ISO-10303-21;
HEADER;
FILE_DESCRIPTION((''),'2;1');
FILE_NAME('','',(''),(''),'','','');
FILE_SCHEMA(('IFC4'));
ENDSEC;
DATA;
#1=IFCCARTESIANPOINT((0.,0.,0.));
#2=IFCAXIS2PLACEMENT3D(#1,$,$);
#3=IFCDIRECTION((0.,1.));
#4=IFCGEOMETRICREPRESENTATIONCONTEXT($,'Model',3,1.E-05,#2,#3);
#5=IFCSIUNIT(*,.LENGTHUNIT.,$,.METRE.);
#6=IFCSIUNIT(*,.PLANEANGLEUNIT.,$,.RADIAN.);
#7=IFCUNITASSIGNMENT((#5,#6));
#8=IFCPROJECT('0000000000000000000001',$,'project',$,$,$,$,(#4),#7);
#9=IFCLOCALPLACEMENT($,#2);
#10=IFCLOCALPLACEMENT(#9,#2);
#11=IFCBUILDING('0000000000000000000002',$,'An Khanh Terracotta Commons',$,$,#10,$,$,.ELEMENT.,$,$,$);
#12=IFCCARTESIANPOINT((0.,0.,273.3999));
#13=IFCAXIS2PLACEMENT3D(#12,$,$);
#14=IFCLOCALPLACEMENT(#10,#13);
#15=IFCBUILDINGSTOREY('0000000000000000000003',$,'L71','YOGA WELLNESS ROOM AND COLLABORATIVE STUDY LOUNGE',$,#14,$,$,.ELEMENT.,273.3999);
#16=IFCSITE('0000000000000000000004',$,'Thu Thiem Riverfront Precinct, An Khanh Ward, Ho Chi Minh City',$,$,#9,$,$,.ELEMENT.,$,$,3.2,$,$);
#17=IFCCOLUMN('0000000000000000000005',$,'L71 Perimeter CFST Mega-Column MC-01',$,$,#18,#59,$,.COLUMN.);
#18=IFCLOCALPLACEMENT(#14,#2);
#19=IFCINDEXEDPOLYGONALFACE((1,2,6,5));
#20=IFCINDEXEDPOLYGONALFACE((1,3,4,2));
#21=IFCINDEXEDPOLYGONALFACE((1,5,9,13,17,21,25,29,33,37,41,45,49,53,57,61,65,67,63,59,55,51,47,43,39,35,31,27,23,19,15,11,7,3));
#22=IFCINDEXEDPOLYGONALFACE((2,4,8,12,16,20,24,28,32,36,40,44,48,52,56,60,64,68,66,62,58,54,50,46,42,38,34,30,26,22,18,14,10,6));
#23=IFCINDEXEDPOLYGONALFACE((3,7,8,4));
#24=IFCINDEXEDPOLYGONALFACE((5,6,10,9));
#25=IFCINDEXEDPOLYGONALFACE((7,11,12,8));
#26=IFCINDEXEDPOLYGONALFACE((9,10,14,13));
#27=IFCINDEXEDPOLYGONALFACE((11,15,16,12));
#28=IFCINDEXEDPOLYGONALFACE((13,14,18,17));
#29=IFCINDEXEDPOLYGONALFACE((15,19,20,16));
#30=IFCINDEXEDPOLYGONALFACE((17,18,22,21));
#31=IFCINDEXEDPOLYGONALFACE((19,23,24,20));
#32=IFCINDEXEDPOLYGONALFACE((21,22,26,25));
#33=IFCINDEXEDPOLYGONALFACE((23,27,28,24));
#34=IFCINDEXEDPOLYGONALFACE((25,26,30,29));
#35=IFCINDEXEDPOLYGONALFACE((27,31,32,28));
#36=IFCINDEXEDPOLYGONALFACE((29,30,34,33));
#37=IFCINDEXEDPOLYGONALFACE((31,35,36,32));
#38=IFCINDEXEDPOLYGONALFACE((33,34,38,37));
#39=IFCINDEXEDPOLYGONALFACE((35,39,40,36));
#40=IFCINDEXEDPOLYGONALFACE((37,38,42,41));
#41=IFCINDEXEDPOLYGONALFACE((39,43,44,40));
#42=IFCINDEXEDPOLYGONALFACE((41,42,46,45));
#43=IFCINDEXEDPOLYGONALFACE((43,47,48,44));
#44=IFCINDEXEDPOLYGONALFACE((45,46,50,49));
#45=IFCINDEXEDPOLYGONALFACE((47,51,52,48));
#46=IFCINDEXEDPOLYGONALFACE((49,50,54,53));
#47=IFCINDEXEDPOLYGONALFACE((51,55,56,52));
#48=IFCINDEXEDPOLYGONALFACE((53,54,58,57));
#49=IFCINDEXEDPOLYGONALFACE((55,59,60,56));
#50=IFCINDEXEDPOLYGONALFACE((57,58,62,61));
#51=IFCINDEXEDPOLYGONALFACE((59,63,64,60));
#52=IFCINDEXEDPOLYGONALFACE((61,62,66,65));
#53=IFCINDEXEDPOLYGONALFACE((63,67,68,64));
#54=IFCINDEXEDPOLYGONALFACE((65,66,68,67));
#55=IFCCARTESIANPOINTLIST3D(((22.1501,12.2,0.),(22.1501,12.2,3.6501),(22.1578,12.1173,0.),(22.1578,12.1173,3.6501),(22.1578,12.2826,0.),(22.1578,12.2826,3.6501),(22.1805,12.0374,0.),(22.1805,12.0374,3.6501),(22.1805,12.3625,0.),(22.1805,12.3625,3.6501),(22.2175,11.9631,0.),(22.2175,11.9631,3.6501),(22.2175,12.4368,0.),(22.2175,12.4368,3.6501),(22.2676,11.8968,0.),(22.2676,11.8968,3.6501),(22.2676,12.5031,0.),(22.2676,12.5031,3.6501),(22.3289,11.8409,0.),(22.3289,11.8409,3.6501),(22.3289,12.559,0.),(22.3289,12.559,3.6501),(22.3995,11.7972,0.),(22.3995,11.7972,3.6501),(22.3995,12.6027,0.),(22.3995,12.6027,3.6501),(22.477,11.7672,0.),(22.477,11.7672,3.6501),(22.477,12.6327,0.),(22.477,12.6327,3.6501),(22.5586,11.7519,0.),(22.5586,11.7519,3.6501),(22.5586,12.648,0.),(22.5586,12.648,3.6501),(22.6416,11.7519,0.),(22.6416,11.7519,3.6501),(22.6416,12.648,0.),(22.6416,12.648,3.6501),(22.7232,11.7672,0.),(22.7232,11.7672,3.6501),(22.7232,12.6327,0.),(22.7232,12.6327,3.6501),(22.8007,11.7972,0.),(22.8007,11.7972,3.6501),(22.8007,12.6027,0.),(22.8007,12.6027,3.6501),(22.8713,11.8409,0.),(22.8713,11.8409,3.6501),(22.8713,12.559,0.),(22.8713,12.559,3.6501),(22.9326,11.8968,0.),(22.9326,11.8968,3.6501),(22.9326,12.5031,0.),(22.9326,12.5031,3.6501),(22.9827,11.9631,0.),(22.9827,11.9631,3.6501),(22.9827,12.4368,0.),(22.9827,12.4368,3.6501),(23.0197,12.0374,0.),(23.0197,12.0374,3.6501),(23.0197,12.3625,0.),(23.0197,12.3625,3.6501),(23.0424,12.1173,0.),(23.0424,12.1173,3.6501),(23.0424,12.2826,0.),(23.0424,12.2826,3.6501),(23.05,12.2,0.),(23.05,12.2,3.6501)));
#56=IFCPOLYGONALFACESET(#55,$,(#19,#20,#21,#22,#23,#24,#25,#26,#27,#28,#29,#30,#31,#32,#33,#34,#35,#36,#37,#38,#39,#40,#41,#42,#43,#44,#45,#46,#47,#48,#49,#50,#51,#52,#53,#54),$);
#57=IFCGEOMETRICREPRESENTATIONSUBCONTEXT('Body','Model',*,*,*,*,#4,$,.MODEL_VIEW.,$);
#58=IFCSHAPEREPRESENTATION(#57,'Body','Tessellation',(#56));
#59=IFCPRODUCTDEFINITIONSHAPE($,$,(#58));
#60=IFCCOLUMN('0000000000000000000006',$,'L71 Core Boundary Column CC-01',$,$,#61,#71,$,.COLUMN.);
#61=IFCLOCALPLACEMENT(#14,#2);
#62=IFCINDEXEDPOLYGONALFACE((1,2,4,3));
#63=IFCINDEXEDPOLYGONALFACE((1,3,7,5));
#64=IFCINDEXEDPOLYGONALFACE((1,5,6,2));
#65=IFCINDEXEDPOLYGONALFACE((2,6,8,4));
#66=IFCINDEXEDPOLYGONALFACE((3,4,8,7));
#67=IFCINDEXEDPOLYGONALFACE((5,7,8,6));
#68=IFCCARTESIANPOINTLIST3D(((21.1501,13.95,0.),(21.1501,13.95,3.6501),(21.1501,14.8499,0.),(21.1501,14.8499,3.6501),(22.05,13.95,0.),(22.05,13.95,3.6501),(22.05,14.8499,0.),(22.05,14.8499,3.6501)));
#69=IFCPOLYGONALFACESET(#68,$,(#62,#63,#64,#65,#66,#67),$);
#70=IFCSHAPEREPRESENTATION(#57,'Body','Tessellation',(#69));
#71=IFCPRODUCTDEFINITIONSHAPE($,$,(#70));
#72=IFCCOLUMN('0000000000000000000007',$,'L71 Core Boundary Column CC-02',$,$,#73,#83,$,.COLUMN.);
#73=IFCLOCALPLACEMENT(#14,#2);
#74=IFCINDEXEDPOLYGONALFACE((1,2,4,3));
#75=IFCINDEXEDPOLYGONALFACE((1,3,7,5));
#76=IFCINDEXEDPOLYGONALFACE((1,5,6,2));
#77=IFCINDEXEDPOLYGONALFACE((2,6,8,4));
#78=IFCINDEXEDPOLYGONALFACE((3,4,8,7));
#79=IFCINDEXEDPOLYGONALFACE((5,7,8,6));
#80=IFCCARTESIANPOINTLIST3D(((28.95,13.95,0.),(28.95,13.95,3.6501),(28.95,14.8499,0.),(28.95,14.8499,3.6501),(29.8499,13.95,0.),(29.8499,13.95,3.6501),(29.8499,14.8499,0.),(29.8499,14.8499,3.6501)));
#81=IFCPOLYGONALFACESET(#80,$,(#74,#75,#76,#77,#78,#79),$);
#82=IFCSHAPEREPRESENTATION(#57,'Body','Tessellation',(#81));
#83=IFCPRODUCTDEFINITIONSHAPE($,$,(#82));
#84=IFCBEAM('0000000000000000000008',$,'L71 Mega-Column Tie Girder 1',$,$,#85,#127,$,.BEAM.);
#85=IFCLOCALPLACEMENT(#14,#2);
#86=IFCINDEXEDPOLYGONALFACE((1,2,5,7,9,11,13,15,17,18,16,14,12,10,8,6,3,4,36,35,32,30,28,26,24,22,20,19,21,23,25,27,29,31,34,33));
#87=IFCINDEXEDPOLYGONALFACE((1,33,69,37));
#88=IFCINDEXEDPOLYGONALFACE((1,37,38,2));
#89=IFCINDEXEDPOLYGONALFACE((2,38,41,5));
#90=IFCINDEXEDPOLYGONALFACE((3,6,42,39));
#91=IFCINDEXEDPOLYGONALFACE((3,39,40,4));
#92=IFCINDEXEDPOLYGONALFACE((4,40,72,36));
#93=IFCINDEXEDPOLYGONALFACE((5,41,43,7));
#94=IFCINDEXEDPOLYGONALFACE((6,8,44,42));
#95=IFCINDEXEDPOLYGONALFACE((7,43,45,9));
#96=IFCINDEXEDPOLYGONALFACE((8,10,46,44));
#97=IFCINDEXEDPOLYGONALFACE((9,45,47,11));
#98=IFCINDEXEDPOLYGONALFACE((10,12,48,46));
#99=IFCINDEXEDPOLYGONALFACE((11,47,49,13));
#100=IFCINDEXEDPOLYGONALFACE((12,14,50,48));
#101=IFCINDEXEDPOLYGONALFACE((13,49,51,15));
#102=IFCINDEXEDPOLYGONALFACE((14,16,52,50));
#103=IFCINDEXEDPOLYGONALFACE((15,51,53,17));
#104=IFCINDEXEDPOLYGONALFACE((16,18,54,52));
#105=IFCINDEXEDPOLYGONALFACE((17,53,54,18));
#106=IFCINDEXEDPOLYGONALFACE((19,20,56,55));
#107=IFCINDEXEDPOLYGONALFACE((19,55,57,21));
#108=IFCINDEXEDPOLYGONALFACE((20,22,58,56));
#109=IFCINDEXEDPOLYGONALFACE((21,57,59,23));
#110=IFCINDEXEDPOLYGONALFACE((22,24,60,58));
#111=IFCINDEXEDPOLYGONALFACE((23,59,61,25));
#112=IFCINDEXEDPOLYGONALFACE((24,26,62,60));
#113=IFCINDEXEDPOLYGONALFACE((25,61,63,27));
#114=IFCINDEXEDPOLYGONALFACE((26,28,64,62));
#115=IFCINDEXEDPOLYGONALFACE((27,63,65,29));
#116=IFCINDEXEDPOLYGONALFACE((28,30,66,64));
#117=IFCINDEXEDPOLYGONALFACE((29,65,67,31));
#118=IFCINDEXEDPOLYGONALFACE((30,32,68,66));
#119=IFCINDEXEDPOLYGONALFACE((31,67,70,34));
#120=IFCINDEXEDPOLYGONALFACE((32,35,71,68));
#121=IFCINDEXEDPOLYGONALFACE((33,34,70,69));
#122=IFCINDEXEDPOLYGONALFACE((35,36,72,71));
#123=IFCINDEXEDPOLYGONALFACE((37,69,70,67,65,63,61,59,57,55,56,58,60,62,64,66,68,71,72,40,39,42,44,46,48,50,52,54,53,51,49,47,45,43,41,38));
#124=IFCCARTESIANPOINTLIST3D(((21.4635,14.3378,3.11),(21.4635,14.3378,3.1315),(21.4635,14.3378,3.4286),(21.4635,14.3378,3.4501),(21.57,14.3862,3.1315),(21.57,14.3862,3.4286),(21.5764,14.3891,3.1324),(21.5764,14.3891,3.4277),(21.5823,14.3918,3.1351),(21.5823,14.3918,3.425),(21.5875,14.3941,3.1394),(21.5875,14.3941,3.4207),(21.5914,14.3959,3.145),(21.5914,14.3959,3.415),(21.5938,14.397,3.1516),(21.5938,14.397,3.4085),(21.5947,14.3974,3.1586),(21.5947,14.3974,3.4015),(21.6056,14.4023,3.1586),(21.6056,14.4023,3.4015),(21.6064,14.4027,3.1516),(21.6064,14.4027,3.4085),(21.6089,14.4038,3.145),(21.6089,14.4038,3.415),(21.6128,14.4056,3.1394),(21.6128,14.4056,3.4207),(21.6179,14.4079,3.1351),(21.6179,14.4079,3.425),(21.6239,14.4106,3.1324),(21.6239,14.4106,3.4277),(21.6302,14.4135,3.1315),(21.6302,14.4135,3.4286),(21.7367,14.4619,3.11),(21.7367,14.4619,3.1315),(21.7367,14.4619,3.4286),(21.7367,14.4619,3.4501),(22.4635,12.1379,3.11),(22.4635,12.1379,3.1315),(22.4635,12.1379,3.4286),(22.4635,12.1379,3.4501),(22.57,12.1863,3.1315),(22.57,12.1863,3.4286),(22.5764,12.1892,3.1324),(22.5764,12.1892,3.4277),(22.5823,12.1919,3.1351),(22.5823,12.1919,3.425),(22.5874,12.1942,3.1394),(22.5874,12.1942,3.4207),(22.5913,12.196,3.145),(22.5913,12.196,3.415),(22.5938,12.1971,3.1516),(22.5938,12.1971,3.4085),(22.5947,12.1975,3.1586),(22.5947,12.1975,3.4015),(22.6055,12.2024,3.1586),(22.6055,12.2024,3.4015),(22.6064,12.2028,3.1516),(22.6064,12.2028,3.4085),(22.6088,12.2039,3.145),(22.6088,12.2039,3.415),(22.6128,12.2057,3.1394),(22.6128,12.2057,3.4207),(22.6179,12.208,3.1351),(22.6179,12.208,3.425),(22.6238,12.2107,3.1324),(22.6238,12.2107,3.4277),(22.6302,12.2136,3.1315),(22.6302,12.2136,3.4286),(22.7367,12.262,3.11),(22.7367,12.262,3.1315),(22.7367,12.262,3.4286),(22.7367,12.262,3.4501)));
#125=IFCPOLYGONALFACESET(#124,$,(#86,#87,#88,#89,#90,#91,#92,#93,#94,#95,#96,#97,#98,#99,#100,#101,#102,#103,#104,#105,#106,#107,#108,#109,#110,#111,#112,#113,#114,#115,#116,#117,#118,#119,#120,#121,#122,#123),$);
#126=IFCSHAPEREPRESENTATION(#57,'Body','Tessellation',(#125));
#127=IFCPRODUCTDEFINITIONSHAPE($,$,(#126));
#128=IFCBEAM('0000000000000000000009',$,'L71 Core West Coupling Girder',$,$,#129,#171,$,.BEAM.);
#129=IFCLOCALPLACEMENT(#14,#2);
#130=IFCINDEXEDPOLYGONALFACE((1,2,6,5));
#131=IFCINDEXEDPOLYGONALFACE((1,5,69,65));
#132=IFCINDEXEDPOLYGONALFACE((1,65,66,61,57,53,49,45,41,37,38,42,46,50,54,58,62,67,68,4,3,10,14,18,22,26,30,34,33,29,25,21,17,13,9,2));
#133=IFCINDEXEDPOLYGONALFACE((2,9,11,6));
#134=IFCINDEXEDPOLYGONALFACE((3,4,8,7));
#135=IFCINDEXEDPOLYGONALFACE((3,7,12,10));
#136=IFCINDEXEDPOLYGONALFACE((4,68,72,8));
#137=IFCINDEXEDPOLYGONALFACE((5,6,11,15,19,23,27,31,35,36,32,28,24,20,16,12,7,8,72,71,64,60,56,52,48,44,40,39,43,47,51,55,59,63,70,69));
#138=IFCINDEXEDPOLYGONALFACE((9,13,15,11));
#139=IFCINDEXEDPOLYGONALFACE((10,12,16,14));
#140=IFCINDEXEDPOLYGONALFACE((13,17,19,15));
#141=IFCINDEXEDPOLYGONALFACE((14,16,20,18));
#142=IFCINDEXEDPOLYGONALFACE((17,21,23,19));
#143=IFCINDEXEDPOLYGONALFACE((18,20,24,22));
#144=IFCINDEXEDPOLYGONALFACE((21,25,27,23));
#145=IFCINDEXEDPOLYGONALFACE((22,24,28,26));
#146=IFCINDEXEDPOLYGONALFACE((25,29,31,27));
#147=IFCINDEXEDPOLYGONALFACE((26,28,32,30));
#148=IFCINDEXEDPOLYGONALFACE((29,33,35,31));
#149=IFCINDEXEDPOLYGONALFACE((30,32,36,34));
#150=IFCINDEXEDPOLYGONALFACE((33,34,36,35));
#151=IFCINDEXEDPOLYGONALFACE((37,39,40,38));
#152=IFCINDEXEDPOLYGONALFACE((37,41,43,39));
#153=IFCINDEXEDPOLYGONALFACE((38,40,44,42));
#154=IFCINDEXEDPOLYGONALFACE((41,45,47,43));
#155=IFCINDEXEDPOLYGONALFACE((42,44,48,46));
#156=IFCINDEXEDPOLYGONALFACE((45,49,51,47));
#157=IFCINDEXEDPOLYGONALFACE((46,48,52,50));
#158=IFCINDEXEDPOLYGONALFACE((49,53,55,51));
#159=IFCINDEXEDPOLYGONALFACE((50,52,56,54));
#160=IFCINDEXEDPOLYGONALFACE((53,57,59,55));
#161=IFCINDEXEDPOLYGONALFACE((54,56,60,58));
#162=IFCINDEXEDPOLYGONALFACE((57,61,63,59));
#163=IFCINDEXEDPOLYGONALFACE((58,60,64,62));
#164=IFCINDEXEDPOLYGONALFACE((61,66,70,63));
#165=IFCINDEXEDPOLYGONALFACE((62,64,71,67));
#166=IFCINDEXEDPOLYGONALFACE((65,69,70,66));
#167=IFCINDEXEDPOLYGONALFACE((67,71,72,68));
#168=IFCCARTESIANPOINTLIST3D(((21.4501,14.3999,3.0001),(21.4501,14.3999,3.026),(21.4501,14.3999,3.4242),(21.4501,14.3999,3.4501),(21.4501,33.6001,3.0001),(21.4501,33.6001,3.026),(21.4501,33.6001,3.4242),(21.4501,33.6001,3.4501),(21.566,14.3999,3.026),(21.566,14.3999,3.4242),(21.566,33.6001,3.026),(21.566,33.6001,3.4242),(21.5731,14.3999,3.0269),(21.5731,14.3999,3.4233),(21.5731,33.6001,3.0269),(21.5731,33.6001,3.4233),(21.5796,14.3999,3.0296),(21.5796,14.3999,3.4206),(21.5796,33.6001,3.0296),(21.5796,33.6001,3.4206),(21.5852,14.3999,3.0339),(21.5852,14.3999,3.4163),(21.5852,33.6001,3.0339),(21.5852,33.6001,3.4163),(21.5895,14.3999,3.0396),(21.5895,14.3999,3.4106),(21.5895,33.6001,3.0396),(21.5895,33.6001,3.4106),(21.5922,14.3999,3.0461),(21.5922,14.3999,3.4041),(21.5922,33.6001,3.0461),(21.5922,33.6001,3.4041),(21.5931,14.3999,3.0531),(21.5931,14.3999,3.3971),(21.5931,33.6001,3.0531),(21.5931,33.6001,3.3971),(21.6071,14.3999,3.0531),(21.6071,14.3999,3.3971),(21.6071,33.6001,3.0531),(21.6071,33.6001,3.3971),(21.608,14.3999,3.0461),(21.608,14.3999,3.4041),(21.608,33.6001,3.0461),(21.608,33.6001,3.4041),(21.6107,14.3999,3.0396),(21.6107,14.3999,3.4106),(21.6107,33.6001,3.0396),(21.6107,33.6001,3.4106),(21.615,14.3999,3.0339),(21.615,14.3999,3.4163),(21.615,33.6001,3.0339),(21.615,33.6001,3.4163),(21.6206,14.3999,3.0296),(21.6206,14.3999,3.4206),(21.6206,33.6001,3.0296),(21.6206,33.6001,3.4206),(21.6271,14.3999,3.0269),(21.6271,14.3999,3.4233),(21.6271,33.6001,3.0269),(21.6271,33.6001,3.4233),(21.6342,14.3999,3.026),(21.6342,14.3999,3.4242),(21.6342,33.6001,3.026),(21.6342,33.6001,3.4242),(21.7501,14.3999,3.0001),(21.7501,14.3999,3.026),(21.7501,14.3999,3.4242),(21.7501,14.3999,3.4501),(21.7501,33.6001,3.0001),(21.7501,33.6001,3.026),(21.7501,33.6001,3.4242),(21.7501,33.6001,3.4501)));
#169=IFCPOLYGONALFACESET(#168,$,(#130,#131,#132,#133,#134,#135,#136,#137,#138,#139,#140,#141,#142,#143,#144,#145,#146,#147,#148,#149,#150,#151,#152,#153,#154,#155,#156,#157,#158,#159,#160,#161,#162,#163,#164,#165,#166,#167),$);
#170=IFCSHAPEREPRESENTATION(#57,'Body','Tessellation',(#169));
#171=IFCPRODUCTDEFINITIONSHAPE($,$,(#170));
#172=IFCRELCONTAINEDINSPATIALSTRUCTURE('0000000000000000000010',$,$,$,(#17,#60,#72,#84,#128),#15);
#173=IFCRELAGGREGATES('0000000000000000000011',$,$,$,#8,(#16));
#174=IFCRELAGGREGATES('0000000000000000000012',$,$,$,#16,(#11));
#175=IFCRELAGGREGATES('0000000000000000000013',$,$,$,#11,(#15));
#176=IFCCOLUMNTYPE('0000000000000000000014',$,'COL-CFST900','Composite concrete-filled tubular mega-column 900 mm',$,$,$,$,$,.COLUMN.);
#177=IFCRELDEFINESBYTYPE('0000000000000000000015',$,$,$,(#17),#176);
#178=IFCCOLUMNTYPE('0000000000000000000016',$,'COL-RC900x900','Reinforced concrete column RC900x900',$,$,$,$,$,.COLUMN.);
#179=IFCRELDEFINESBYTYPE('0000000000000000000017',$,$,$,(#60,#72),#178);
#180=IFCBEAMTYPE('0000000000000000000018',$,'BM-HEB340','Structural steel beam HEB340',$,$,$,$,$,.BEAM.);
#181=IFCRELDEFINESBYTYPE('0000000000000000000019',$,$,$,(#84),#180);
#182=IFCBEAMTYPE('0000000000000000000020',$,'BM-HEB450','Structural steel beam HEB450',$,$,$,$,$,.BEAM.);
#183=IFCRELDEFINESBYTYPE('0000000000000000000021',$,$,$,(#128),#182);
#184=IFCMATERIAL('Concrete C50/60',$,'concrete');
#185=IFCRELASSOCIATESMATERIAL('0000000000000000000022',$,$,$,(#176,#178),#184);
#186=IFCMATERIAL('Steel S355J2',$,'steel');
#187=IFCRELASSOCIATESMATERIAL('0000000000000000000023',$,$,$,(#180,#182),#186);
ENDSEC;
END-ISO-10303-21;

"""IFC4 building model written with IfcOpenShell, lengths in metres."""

from ifc_helpers import new_model, si_unit, direction, frame, origin, origin_2d, place, context, subcontext, project, spatial, rectangle, circle, i_section, extrude, material, material_profile, profile_set, type_object, element, save


model = new_model("IFC4")

# Units and contexts
model_context = context("Model", 3, precision=1e-05, world=origin(), true_north=direction((0.0, 1.0)))
body_context = subcontext(model_context, "Body", "Model", "MODEL_VIEW")
ifc_project = project(units=[si_unit("LENGTHUNIT", "METRE"), si_unit("PLANEANGLEUNIT", "RADIAN")], contexts=[model_context])

# Site, building, storey
site_placement = place(None, origin())
site = spatial("IfcSite", under=ifc_project, at=site_placement, Name="Thu Thiem Riverfront Precinct, An Khanh Ward, Ho Chi Minh City", CompositionType="ELEMENT", RefElevation=3.2)
building_placement = place(site_placement, origin())
building = spatial("IfcBuilding", under=site, at=building_placement, Name="An Khanh Terracotta Commons", CompositionType="ELEMENT")
storey_placement = place(building_placement, frame((0.0, 0.0, 273.3999)))
storey = spatial("IfcBuildingStorey", under=building, at=storey_placement, Name="L71", Description="YOGA WELLNESS ROOM AND COLLABORATIVE STUDY LOUNGE", CompositionType="ELEMENT", Elevation=273.3999)

# Columns
ifc_material_1 = material(Name="Concrete C50/60", Category="concrete")
ifc_material_profile_1 = material_profile(ifc_material_1, circle(Radius=0.45, at=origin_2d()), Name="CFST900")
ifc_profile_set_1 = profile_set([ifc_material_profile_1], Name="Concrete C50/60")
column_type_1 = type_object("IfcColumnType", Name="COL-CFST900", Description="Composite concrete-filled tubular mega-column 900 mm", PredefinedType="COLUMN", material=ifc_profile_set_1)
column_placement = place(storey_placement, frame((22.6001, 12.2, 0.0), z_axis=(0.0, 0.0, 1.0), x_axis=(1.0, 0.0, 0.0)))
element("IfcColumn", 1, at=column_placement, inside=storey, type_object=column_type_1, Name="L71 Perimeter CFST Mega-Column MC-01", PredefinedType="COLUMN", context=body_context, shape_type="SweptSolid", body=[
    extrude(circle(Radius=0.45, at=origin_2d()), origin(), (0.0, 0.0, 1.0), 3.6501),
])
ifc_material_profile_2 = material_profile(ifc_material_1, rectangle(XDim=0.8999, YDim=0.8999, at=origin_2d()), Name="RC900x900")
ifc_profile_set_2 = profile_set([ifc_material_profile_2], Name="Concrete C50/60")
column_type_2 = type_object("IfcColumnType", Name="COL-RC900x900", Description="Reinforced concrete column RC900x900", PredefinedType="COLUMN", material=ifc_profile_set_2)
for number, where, z_axis, x_axis, name in (
    (2, (21.6001, 14.3999, 0.0), (0.0, 0.0, 1.0), (1.0, 0.0, 0.0), "L71 Core Boundary Column CC-01"),
    (3, (29.3999, 14.3999, 0.0), (0.0, 0.0, 1.0), (1.0, 0.0, 0.0), "L71 Core Boundary Column CC-02"),
):
    element("IfcColumn", number, at=place(storey_placement, frame(where, z_axis=z_axis, x_axis=x_axis)), inside=storey, type_object=column_type_2, Name=name, PredefinedType="COLUMN", context=body_context, shape_type="SweptSolid", body=[
        extrude(rectangle(XDim=0.8999, YDim=0.8999, at=origin_2d()), origin(), (0.0, 0.0, 1.0), 3.6501),
    ])

# Beams
ifc_material_2 = material(Name="Steel S355J2", Category="steel")
ifc_material_profile_3 = material_profile(ifc_material_2, i_section(OverallWidth=0.3, OverallDepth=0.3401, WebThickness=0.012, FlangeThickness=0.0215, FilletRadius=0.0271, at=origin_2d()), Name="HEB340")
ifc_profile_set_3 = profile_set([ifc_material_profile_3], Name="Steel S355J2")
beam_type_1 = type_object("IfcBeamType", Name="BM-HEB340", Description="Structural steel beam HEB340", PredefinedType="BEAM", material=ifc_profile_set_3)
beam_1_placement = place(storey_placement, frame((22.6001, 12.2, 3.28), z_axis=(-0.413811, 0.910363, 0.0), x_axis=(-0.910363, -0.413811, 0.0)))
element("IfcBeam", 4, at=beam_1_placement, inside=storey, type_object=beam_type_1, Name="L71 Mega-Column Tie Girder 1", PredefinedType="BEAM", context=body_context, shape_type="SweptSolid", body=[
    extrude(i_section(OverallWidth=0.3, OverallDepth=0.3401, WebThickness=0.012, FlangeThickness=0.0215, FilletRadius=0.0271, at=origin_2d()), origin(), (0.0, 0.0, 1.0), 2.4165),
])
ifc_material_profile_4 = material_profile(ifc_material_2, i_section(OverallWidth=0.3, OverallDepth=0.45, WebThickness=0.0139, FlangeThickness=0.0259, FilletRadius=0.0271, at=origin_2d()), Name="HEB450")
ifc_profile_set_4 = profile_set([ifc_material_profile_4], Name="Steel S355J2")
beam_type_2 = type_object("IfcBeamType", Name="BM-HEB450", Description="Structural steel beam HEB450", PredefinedType="BEAM", material=ifc_profile_set_4)
beam_2_placement = place(storey_placement, frame((21.6001, 14.3999, 3.2251), z_axis=(0.0, 1.0, 0.0), x_axis=(-1.0, 0.0, 0.0)))
element("IfcBeam", 5, at=beam_2_placement, inside=storey, type_object=beam_type_2, Name="L71 Core West Coupling Girder", PredefinedType="BEAM", context=body_context, shape_type="SweptSolid", body=[
    extrude(i_section(OverallWidth=0.3, OverallDepth=0.45, WebThickness=0.0139, FlangeThickness=0.0259, FilletRadius=0.0271, at=origin_2d()), origin(), (0.0, 0.0, 1.0), 19.2002),
])

save(model, "model.ifc")
